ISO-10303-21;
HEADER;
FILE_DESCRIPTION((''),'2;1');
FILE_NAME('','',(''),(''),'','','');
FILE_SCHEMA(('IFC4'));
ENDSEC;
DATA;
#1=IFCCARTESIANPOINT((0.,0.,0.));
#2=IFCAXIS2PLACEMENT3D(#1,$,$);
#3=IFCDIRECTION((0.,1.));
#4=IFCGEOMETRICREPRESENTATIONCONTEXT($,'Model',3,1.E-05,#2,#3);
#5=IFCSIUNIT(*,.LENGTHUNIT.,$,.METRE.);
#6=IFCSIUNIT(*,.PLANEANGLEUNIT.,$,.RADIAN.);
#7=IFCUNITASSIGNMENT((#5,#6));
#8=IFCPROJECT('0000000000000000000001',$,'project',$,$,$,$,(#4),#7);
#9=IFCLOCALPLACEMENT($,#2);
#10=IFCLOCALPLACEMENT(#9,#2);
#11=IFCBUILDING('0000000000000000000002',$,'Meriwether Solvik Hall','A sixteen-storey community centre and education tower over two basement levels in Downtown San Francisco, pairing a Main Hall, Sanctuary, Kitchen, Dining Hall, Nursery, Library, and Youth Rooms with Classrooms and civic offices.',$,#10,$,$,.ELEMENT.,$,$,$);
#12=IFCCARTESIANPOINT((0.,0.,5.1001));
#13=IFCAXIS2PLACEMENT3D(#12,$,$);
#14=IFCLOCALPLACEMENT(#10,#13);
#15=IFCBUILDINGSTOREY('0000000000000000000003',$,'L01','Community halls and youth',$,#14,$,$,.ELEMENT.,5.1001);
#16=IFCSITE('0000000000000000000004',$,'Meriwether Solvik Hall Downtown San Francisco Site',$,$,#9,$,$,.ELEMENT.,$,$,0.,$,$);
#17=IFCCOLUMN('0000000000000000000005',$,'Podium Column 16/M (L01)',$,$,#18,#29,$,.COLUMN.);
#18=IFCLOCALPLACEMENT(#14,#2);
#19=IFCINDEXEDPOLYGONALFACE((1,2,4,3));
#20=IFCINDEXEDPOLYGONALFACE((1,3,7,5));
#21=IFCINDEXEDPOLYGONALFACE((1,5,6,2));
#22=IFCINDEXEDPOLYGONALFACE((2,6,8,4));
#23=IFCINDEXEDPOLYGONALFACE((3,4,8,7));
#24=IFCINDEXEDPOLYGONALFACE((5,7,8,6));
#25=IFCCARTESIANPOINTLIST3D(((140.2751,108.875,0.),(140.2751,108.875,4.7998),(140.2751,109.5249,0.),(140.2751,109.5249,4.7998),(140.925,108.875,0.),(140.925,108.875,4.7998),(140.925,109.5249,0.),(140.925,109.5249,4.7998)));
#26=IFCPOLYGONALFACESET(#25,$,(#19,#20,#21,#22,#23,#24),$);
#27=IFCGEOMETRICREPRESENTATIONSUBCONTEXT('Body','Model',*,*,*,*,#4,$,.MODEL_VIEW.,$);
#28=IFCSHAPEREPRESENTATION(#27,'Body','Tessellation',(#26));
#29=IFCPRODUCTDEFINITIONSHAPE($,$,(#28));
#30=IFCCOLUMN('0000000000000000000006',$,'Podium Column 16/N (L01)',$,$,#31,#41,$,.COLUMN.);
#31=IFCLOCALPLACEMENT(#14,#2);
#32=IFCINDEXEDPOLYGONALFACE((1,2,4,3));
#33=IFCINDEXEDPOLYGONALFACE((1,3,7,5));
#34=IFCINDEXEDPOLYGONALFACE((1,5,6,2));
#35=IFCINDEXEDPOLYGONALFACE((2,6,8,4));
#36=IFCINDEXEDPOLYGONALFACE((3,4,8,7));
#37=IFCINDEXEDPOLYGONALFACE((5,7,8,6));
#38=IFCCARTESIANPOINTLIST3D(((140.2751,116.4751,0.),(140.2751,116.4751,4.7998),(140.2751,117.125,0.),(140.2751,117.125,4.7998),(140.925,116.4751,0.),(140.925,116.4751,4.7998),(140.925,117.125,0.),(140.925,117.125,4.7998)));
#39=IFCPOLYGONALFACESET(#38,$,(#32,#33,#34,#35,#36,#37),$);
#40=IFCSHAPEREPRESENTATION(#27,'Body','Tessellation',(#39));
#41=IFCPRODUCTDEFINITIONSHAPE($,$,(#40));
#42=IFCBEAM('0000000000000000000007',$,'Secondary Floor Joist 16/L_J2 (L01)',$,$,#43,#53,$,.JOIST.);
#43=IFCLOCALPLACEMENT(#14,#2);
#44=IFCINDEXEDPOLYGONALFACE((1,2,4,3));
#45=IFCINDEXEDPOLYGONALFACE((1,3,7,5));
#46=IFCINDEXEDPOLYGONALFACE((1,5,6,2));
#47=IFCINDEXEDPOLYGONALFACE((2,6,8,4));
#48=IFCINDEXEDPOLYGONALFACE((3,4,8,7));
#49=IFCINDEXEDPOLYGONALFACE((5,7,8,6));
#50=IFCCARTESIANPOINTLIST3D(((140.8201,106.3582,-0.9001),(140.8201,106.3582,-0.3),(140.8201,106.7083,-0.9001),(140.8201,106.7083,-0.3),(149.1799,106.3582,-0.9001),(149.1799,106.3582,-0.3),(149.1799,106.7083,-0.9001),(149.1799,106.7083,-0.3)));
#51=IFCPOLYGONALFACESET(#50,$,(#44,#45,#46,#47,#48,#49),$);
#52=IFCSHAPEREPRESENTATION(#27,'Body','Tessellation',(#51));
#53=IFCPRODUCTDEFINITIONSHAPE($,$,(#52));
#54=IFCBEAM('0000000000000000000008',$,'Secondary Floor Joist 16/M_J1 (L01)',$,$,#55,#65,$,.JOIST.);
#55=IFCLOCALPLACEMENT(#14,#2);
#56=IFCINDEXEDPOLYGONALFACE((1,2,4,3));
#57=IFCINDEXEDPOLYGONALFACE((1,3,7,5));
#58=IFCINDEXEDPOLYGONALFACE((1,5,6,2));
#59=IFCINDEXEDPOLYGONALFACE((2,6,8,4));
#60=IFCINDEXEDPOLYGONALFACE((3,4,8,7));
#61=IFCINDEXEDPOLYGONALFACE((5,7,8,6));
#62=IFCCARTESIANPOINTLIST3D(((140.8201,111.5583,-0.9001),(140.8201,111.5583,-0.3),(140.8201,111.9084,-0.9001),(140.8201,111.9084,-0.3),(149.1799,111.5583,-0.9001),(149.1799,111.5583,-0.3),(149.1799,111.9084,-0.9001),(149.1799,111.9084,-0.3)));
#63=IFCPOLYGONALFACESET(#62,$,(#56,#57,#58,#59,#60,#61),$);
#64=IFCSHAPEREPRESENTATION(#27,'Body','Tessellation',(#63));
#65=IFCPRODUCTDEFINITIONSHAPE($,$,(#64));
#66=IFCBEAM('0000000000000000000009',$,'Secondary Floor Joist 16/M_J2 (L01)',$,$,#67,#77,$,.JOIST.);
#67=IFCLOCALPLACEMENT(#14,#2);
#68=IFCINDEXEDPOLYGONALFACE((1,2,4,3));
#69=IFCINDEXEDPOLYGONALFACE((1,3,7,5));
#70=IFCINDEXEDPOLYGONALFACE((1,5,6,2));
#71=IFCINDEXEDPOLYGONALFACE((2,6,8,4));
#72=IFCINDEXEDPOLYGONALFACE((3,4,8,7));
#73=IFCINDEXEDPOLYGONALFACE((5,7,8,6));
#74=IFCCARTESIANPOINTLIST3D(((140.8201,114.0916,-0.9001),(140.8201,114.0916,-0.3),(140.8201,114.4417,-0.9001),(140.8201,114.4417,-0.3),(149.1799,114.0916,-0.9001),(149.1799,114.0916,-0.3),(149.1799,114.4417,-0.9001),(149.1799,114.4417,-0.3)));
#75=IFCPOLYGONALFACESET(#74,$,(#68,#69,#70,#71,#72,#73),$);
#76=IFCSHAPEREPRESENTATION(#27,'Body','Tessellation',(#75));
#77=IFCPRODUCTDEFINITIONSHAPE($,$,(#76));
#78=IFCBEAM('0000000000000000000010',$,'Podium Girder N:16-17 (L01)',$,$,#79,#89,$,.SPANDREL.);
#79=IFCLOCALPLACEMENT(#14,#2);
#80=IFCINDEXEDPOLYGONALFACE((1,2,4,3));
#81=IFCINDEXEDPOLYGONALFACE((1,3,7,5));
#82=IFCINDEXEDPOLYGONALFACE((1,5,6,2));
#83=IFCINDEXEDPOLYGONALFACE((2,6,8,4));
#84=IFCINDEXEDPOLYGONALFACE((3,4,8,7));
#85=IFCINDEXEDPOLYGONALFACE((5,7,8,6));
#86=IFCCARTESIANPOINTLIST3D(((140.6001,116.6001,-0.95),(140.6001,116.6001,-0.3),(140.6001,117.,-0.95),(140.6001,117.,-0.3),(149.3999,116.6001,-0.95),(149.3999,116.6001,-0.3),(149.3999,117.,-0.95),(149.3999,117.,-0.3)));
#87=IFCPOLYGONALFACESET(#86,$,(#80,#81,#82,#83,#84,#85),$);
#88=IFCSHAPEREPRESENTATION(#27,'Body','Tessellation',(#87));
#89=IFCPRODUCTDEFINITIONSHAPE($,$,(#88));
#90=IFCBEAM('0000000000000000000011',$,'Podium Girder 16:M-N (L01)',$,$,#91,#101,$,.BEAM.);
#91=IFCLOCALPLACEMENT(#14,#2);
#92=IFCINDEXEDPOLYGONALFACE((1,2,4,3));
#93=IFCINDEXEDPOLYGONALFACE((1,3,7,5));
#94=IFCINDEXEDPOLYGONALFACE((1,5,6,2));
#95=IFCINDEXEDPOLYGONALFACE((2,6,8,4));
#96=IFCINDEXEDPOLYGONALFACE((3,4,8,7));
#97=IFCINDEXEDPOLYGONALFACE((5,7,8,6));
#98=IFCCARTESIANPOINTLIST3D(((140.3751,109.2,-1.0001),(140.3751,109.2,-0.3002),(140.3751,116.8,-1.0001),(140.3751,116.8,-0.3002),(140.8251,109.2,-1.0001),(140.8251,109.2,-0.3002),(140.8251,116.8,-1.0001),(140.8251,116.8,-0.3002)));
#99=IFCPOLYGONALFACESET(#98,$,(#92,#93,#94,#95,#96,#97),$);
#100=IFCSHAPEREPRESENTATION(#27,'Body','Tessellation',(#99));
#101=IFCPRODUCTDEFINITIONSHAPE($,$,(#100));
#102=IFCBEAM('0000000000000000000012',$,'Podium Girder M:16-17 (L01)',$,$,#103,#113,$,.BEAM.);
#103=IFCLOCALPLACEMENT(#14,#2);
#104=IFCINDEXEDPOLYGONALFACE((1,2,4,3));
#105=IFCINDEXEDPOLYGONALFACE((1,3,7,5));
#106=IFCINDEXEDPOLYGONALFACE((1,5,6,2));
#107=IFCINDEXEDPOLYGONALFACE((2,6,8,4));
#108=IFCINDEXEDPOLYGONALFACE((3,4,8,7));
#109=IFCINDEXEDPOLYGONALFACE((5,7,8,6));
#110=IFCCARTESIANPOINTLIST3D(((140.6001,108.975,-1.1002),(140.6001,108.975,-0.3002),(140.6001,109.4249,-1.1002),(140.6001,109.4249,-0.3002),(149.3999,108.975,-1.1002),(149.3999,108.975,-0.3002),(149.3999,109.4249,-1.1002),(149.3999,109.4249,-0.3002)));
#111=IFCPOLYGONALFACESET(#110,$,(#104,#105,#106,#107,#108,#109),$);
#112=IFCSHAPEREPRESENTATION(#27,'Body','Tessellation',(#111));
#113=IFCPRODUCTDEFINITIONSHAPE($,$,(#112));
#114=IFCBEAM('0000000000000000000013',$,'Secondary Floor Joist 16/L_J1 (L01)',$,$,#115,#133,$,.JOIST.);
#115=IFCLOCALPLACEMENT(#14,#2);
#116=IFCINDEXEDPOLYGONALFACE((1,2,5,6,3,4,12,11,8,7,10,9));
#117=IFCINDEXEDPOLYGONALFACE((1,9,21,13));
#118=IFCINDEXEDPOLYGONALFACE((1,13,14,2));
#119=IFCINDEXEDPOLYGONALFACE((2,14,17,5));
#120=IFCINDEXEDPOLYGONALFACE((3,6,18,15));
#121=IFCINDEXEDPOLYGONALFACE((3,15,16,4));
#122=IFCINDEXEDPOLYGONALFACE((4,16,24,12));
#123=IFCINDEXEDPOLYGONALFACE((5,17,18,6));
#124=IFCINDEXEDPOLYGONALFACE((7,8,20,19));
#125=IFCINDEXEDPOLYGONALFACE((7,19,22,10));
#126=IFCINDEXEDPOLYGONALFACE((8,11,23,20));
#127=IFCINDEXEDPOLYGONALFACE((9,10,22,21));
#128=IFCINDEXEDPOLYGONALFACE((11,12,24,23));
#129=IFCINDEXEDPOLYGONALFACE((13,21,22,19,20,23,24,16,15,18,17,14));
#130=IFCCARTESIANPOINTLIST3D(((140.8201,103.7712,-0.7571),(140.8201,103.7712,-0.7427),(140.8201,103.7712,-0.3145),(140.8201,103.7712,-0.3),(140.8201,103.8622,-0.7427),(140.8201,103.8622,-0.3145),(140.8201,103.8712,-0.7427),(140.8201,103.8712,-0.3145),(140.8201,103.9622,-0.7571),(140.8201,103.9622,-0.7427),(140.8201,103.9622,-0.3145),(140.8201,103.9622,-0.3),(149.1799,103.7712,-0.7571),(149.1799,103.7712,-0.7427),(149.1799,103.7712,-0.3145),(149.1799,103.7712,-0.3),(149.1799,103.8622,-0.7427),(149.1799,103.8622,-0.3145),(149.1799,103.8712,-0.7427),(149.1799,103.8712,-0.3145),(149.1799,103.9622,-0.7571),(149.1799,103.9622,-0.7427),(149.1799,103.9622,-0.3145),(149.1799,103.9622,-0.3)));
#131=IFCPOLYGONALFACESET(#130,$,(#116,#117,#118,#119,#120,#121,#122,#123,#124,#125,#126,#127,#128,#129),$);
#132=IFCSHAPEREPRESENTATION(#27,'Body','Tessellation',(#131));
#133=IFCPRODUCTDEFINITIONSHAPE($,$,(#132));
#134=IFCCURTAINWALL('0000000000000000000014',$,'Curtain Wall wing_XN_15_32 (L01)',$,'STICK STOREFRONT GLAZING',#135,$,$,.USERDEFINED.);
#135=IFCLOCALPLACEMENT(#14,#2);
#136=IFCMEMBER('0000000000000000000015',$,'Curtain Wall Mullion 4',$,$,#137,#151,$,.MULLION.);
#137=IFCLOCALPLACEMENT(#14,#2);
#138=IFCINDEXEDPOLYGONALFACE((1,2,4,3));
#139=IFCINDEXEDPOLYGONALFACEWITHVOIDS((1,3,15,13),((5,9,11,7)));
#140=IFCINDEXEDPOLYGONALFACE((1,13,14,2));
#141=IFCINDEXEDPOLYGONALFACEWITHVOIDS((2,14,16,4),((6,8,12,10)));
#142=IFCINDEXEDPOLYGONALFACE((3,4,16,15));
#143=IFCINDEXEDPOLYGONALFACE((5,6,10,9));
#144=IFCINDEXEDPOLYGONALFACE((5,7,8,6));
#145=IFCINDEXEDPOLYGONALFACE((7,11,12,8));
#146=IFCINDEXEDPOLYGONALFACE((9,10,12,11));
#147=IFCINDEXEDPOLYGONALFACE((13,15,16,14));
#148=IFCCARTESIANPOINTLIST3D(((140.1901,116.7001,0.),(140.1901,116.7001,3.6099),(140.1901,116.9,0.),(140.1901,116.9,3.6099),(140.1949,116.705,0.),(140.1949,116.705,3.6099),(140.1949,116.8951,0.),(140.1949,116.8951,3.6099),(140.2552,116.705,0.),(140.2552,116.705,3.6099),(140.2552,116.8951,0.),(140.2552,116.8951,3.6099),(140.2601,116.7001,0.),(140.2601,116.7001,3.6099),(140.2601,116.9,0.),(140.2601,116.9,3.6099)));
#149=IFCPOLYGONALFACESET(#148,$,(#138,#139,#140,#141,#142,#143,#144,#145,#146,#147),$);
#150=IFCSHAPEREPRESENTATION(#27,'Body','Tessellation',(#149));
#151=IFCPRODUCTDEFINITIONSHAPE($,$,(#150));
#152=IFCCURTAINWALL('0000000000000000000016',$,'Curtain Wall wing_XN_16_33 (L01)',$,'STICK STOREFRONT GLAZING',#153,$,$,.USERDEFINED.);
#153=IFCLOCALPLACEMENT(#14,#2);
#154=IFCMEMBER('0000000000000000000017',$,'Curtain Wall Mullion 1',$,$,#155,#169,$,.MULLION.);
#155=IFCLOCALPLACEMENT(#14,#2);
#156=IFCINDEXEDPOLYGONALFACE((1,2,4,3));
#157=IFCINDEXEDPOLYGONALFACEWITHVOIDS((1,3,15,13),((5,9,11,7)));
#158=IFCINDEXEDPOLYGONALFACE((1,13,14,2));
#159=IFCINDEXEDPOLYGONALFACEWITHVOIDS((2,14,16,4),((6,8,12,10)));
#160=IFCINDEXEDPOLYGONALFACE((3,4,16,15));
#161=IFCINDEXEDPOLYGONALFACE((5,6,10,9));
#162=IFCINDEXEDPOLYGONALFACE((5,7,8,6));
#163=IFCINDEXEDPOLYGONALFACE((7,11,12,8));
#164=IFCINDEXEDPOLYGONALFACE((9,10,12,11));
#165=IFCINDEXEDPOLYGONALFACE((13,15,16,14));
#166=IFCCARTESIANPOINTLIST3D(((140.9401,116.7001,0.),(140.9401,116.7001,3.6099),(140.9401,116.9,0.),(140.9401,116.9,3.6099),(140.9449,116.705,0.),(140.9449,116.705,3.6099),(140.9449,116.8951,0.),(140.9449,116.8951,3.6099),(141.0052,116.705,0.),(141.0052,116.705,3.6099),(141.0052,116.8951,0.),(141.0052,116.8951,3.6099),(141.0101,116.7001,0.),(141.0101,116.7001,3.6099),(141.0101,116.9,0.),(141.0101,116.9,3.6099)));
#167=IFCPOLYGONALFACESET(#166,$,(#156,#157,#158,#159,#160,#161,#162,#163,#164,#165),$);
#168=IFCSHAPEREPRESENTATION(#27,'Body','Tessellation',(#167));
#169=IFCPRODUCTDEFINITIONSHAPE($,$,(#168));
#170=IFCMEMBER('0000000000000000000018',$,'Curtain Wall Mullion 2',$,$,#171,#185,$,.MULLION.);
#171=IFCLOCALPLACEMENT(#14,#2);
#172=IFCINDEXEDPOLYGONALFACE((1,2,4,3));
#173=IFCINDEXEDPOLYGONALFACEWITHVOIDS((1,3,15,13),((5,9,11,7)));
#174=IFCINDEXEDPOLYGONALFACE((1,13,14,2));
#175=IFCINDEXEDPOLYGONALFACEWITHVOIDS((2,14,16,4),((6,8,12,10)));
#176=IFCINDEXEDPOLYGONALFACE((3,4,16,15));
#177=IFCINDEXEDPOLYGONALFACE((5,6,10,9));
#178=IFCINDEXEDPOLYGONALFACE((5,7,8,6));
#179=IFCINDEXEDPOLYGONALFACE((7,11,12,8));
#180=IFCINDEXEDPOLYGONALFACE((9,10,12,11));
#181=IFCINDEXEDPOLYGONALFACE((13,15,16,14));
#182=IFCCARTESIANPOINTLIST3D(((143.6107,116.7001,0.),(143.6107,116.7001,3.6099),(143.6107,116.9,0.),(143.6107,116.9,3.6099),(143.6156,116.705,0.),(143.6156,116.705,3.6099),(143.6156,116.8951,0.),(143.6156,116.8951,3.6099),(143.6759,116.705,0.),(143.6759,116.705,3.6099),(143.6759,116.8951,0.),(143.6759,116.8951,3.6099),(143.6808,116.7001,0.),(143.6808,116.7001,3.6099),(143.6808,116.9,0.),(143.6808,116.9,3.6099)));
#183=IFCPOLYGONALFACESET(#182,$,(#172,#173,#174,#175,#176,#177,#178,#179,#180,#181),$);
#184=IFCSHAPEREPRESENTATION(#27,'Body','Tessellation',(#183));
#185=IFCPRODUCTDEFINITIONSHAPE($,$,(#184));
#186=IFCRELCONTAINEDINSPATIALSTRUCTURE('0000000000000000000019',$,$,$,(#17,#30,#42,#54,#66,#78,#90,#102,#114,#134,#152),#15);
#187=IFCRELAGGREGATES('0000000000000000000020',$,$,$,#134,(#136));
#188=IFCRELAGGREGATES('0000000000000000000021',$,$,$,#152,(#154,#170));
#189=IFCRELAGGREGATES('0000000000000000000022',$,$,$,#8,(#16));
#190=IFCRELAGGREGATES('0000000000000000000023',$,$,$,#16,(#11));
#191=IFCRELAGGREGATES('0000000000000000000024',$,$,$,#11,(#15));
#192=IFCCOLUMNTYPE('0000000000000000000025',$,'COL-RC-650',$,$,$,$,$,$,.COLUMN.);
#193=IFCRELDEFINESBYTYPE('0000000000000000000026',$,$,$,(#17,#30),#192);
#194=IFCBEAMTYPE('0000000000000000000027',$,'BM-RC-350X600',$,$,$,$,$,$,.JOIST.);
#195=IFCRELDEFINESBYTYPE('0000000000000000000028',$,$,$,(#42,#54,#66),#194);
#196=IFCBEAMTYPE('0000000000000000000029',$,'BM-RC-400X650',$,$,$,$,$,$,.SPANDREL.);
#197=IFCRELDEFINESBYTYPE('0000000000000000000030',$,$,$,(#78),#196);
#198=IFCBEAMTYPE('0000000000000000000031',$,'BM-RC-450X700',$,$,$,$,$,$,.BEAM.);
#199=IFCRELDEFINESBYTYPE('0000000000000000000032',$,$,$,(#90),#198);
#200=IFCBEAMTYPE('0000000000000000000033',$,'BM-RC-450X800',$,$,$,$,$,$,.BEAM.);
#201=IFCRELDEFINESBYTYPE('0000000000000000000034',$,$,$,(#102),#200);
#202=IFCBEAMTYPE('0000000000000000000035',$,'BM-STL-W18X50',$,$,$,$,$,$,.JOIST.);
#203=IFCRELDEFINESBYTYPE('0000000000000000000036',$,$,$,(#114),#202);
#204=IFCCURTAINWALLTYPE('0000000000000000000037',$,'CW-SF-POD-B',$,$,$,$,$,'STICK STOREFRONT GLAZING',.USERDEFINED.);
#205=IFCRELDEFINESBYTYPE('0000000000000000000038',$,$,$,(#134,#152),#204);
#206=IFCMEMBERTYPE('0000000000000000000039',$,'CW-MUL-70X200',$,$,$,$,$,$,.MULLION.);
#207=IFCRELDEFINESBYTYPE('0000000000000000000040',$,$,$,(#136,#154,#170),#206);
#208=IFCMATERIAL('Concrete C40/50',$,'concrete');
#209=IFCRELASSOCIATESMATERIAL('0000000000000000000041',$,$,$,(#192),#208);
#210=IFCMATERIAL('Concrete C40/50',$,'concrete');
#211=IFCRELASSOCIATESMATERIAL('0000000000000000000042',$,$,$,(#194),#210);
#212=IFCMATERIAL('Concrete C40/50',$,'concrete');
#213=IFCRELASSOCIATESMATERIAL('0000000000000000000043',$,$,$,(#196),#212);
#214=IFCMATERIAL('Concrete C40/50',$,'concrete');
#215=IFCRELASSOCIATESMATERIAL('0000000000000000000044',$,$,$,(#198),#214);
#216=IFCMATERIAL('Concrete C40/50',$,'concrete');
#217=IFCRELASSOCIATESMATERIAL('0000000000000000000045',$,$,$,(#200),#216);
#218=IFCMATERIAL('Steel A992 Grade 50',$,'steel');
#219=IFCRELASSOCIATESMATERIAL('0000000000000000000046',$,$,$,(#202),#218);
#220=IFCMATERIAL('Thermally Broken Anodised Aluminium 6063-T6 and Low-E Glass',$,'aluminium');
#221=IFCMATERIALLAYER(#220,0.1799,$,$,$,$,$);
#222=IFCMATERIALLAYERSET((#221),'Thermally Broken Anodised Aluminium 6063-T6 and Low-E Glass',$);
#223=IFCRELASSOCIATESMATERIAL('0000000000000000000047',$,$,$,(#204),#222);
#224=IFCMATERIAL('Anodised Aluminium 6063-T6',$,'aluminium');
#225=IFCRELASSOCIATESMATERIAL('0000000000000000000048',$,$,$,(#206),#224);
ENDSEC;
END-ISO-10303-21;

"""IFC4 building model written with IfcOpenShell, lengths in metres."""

from ifc_helpers import new_model, si_unit, direction, frame, origin, origin_2d, place, context, subcontext, project, spatial, rectangle, hollow_rectangle, i_section, extrude, material, layer, layer_set, material_profile, profile_set, type_object, element, aggregate, save


model = new_model("IFC4")

# Units and contexts
model_context = context("Model", 3, precision=1e-05, world=origin(), true_north=direction((0.0, 1.0)))
body_context = subcontext(model_context, "Body", "Model", "MODEL_VIEW")
ifc_project = project(units=[si_unit("LENGTHUNIT", "METRE"), si_unit("PLANEANGLEUNIT", "RADIAN")], contexts=[model_context])

# Site, building, storey
site_placement = place(None, origin())
site = spatial("IfcSite", under=ifc_project, at=site_placement, Name="Meriwether Solvik Hall Downtown San Francisco Site", CompositionType="ELEMENT", RefElevation=0.0)
building_placement = place(site_placement, origin())
building = spatial("IfcBuilding", under=site, at=building_placement, Name="Meriwether Solvik Hall", Description="A sixteen-storey community centre and education tower over two basement levels in Downtown San Francisco, pairing a Main Hall, Sanctuary, Kitchen, Dining Hall, Nursery, Library, and Youth Rooms with Classrooms and civic offices.", CompositionType="ELEMENT")
storey_placement = place(building_placement, frame((0.0, 0.0, 5.1001)))
storey = spatial("IfcBuildingStorey", under=building, at=storey_placement, Name="L01", Description="Community halls and youth", CompositionType="ELEMENT", Elevation=5.1001)

# Columns
ifc_material_1 = material(Name="Concrete C40/50", Category="concrete")
ifc_material_profile_1 = material_profile(ifc_material_1, rectangle(XDim=0.6499, YDim=0.6499, at=origin_2d()), Name="RCC-650X650")
ifc_profile_set_1 = profile_set([ifc_material_profile_1], Name="Concrete C40/50")
column_type = type_object("IfcColumnType", Name="COL-RC-650", PredefinedType="COLUMN", material=ifc_profile_set_1)
for number, where, z_axis, x_axis, name in (
    (1, (140.6001, 109.2, 0.0), (0.0, 0.0, 1.0), (1.0, 0.0, 0.0), "Podium Column 16/M (L01)"),
    (2, (140.6001, 116.8, 0.0), (0.0, 0.0, 1.0), (1.0, 0.0, 0.0), "Podium Column 16/N (L01)"),
):
    element("IfcColumn", number, at=place(storey_placement, frame(where, z_axis=z_axis, x_axis=x_axis)), inside=storey, type_object=column_type, Name=name, PredefinedType="COLUMN", context=body_context, shape_type="SweptSolid", body=[
        extrude(rectangle(XDim=0.6499, YDim=0.6499, at=origin_2d()), origin(), (0.0, 0.0, 1.0), 4.7998),
    ])

# Beams
ifc_material_2 = material(Name="Concrete C40/50", Category="concrete")
ifc_material_profile_2 = material_profile(ifc_material_2, rectangle(XDim=0.3501, YDim=0.6001, at=origin_2d()), Name="RCB-350X600")
ifc_profile_set_2 = profile_set([ifc_material_profile_2], Name="Concrete C40/50")
beam_type_1 = type_object("IfcBeamType", Name="BM-RC-350X600", PredefinedType="JOIST", material=ifc_profile_set_2)
for number, where, z_axis, x_axis, name in (
    (3, (140.8201, 106.5332, -0.6001), (1.0, 0.0, 0.0), (0.0, 1.0, 0.0), "Secondary Floor Joist 16/L_J2 (L01)"),
    (4, (140.8201, 111.7334, -0.6001), (1.0, 0.0, 0.0), (0.0, 1.0, 0.0), "Secondary Floor Joist 16/M_J1 (L01)"),
    (5, (140.8201, 114.2666, -0.6001), (1.0, 0.0, 0.0), (0.0, 1.0, 0.0), "Secondary Floor Joist 16/M_J2 (L01)"),
):
    element("IfcBeam", number, at=place(storey_placement, frame(where, z_axis=z_axis, x_axis=x_axis)), inside=storey, type_object=beam_type_1, Name=name, PredefinedType="JOIST", context=body_context, shape_type="SweptSolid", body=[
        extrude(rectangle(XDim=0.3501, YDim=0.6001, at=origin_2d()), origin(), (0.0, 0.0, 1.0), 8.3599),
    ])
ifc_material_3 = material(Name="Concrete C40/50", Category="concrete")
ifc_material_profile_3 = material_profile(ifc_material_3, rectangle(XDim=0.3999, YDim=0.6499, at=origin_2d()), Name="RCB-400X650")
ifc_profile_set_3 = profile_set([ifc_material_profile_3], Name="Concrete C40/50")
beam_type_2 = type_object("IfcBeamType", Name="BM-RC-400X650", PredefinedType="SPANDREL", material=ifc_profile_set_3)
beam_1_placement = place(storey_placement, frame((140.6001, 116.8, -0.625), z_axis=(1.0, 0.0, 0.0), x_axis=(0.0, 1.0, 0.0)))
element("IfcBeam", 6, at=beam_1_placement, inside=storey, type_object=beam_type_2, Name="Podium Girder N:16-17 (L01)", PredefinedType="SPANDREL", context=body_context, shape_type="SweptSolid", body=[
    extrude(rectangle(XDim=0.3999, YDim=0.6499, at=origin_2d()), origin(), (0.0, 0.0, 1.0), 8.7998),
])
ifc_material_4 = material(Name="Concrete C40/50", Category="concrete")
ifc_material_profile_4 = material_profile(ifc_material_4, rectangle(XDim=0.45, YDim=0.7, at=origin_2d()), Name="RCB-450X700")
ifc_profile_set_4 = profile_set([ifc_material_profile_4], Name="Concrete C40/50")
beam_type_3 = type_object("IfcBeamType", Name="BM-RC-450X700", PredefinedType="BEAM", material=ifc_profile_set_4)
beam_2_placement = place(storey_placement, frame((140.6001, 109.2, -0.6501), z_axis=(0.0, 1.0, 0.0), x_axis=(-1.0, 0.0, 0.0)))
element("IfcBeam", 7, at=beam_2_placement, inside=storey, type_object=beam_type_3, Name="Podium Girder 16:M-N (L01)", PredefinedType="BEAM", context=body_context, shape_type="SweptSolid", body=[
    extrude(rectangle(XDim=0.45, YDim=0.7, at=origin_2d()), origin(), (0.0, 0.0, 1.0), 7.6001),
])
ifc_material_5 = material(Name="Concrete C40/50", Category="concrete")
ifc_material_profile_5 = material_profile(ifc_material_5, rectangle(XDim=0.45, YDim=0.8, at=origin_2d()), Name="RCB-450X800")
ifc_profile_set_5 = profile_set([ifc_material_profile_5], Name="Concrete C40/50")
beam_type_4 = type_object("IfcBeamType", Name="BM-RC-450X800", PredefinedType="BEAM", material=ifc_profile_set_5)
beam_3_placement = place(storey_placement, frame((140.6001, 109.2, -0.7002), z_axis=(1.0, 0.0, 0.0), x_axis=(0.0, 1.0, 0.0)))
element("IfcBeam", 8, at=beam_3_placement, inside=storey, type_object=beam_type_4, Name="Podium Girder M:16-17 (L01)", PredefinedType="BEAM", context=body_context, shape_type="SweptSolid", body=[
    extrude(rectangle(XDim=0.45, YDim=0.8, at=origin_2d()), origin(), (0.0, 0.0, 1.0), 8.7998),
])
ifc_material_6 = material(Name="Steel A992 Grade 50", Category="steel")
ifc_material_profile_6 = material_profile(ifc_material_6, i_section(OverallWidth=0.1909, OverallDepth=0.457, WebThickness=0.009, FlangeThickness=0.0144, at=origin_2d()), Name="W18X50")
ifc_profile_set_6 = profile_set([ifc_material_profile_6], Name="Steel A992 Grade 50")
beam_type_5 = type_object("IfcBeamType", Name="BM-STL-W18X50", PredefinedType="JOIST", material=ifc_profile_set_6)
beam_4_placement = place(storey_placement, frame((140.8201, 103.8667, -0.5286), z_axis=(1.0, 0.0, 0.0), x_axis=(0.0, 1.0, 0.0)))
element("IfcBeam", 9, at=beam_4_placement, inside=storey, type_object=beam_type_5, Name="Secondary Floor Joist 16/L_J1 (L01)", PredefinedType="JOIST", context=body_context, shape_type="SweptSolid", body=[
    extrude(i_section(OverallWidth=0.1909, OverallDepth=0.457, WebThickness=0.009, FlangeThickness=0.0144, at=origin_2d()), origin(), (0.0, 0.0, 1.0), 8.3599),
])

# Curtain wall, member
ifc_material_7 = material(Name="Thermally Broken Anodised Aluminium 6063-T6 and Low-E Glass", Category="aluminium")
ifc_layer_1 = layer(ifc_material_7, 0.1799)
ifc_layer_set_1 = layer_set([ifc_layer_1], Name="Thermally Broken Anodised Aluminium 6063-T6 and Low-E Glass")
curtain_wall_type = type_object("IfcCurtainWallType", Name="CW-SF-POD-B", ElementType="STICK STOREFRONT GLAZING", PredefinedType="USERDEFINED", material=ifc_layer_set_1)
curtain_wall_1_placement = place(storey_placement, origin())
curtain_wall_1 = element("IfcCurtainWall", 10, at=curtain_wall_1_placement, inside=storey, type_object=curtain_wall_type, Name="Curtain Wall wing_XN_15_32 (L01)", ObjectType="STICK STOREFRONT GLAZING", PredefinedType="USERDEFINED")
ifc_material_8 = material(Name="Anodised Aluminium 6063-T6", Category="aluminium")
ifc_material_profile_7 = material_profile(ifc_material_8, hollow_rectangle(XDim=0.0701, YDim=0.2, WallThickness=0.0049, at=origin_2d()), Name="CWM-70X200")
ifc_profile_set_7 = profile_set([ifc_material_profile_7], Name="Anodised Aluminium 6063-T6")
member_type_1 = type_object("IfcMemberType", Name="CW-MUL-70X200", PredefinedType="MULLION", material=ifc_profile_set_7)
member_1_placement = place(storey_placement, frame((140.2251, 116.8, 0.0), z_axis=(0.0, 0.0, 1.0), x_axis=(1.0, 0.0, 0.0)))
member_1 = element("IfcMember", 11, at=member_1_placement, type_object=member_type_1, Name="Curtain Wall Mullion 4", PredefinedType="MULLION", context=body_context, shape_type="SweptSolid", body=[
    extrude(hollow_rectangle(XDim=0.0701, YDim=0.2, WallThickness=0.0049, at=origin_2d()), origin(), (0.0, 0.0, 1.0), 3.6099),
])

# Curtain wall, members
curtain_wall_2_placement = place(storey_placement, origin())
curtain_wall_2 = element("IfcCurtainWall", 12, at=curtain_wall_2_placement, inside=storey, type_object=curtain_wall_type, Name="Curtain Wall wing_XN_16_33 (L01)", ObjectType="STICK STOREFRONT GLAZING", PredefinedType="USERDEFINED")
member_2_placement = place(storey_placement, frame((140.9751, 116.8, 0.0), z_axis=(0.0, 0.0, 1.0), x_axis=(1.0, 0.0, 0.0)))
member_2 = element("IfcMember", 13, at=member_2_placement, type_object=member_type_1, Name="Curtain Wall Mullion 1", PredefinedType="MULLION", context=body_context, shape_type="SweptSolid", body=[
    extrude(hollow_rectangle(XDim=0.0701, YDim=0.2, WallThickness=0.0049, at=origin_2d()), origin(), (0.0, 0.0, 1.0), 3.6099),
])
member_3_placement = place(storey_placement, frame((143.6458, 116.8, 0.0), z_axis=(0.0, 0.0, 1.0), x_axis=(1.0, 0.0, 0.0)))
member_3 = element("IfcMember", 14, at=member_3_placement, type_object=member_type_1, Name="Curtain Wall Mullion 2", PredefinedType="MULLION", context=body_context, shape_type="SweptSolid", body=[
    extrude(hollow_rectangle(XDim=0.0701, YDim=0.2, WallThickness=0.0049, at=origin_2d()), origin(), (0.0, 0.0, 1.0), 3.6099),
])

aggregate(curtain_wall_1, [member_1])
aggregate(curtain_wall_2, [member_2, member_3])

save(model, "model.ifc")
